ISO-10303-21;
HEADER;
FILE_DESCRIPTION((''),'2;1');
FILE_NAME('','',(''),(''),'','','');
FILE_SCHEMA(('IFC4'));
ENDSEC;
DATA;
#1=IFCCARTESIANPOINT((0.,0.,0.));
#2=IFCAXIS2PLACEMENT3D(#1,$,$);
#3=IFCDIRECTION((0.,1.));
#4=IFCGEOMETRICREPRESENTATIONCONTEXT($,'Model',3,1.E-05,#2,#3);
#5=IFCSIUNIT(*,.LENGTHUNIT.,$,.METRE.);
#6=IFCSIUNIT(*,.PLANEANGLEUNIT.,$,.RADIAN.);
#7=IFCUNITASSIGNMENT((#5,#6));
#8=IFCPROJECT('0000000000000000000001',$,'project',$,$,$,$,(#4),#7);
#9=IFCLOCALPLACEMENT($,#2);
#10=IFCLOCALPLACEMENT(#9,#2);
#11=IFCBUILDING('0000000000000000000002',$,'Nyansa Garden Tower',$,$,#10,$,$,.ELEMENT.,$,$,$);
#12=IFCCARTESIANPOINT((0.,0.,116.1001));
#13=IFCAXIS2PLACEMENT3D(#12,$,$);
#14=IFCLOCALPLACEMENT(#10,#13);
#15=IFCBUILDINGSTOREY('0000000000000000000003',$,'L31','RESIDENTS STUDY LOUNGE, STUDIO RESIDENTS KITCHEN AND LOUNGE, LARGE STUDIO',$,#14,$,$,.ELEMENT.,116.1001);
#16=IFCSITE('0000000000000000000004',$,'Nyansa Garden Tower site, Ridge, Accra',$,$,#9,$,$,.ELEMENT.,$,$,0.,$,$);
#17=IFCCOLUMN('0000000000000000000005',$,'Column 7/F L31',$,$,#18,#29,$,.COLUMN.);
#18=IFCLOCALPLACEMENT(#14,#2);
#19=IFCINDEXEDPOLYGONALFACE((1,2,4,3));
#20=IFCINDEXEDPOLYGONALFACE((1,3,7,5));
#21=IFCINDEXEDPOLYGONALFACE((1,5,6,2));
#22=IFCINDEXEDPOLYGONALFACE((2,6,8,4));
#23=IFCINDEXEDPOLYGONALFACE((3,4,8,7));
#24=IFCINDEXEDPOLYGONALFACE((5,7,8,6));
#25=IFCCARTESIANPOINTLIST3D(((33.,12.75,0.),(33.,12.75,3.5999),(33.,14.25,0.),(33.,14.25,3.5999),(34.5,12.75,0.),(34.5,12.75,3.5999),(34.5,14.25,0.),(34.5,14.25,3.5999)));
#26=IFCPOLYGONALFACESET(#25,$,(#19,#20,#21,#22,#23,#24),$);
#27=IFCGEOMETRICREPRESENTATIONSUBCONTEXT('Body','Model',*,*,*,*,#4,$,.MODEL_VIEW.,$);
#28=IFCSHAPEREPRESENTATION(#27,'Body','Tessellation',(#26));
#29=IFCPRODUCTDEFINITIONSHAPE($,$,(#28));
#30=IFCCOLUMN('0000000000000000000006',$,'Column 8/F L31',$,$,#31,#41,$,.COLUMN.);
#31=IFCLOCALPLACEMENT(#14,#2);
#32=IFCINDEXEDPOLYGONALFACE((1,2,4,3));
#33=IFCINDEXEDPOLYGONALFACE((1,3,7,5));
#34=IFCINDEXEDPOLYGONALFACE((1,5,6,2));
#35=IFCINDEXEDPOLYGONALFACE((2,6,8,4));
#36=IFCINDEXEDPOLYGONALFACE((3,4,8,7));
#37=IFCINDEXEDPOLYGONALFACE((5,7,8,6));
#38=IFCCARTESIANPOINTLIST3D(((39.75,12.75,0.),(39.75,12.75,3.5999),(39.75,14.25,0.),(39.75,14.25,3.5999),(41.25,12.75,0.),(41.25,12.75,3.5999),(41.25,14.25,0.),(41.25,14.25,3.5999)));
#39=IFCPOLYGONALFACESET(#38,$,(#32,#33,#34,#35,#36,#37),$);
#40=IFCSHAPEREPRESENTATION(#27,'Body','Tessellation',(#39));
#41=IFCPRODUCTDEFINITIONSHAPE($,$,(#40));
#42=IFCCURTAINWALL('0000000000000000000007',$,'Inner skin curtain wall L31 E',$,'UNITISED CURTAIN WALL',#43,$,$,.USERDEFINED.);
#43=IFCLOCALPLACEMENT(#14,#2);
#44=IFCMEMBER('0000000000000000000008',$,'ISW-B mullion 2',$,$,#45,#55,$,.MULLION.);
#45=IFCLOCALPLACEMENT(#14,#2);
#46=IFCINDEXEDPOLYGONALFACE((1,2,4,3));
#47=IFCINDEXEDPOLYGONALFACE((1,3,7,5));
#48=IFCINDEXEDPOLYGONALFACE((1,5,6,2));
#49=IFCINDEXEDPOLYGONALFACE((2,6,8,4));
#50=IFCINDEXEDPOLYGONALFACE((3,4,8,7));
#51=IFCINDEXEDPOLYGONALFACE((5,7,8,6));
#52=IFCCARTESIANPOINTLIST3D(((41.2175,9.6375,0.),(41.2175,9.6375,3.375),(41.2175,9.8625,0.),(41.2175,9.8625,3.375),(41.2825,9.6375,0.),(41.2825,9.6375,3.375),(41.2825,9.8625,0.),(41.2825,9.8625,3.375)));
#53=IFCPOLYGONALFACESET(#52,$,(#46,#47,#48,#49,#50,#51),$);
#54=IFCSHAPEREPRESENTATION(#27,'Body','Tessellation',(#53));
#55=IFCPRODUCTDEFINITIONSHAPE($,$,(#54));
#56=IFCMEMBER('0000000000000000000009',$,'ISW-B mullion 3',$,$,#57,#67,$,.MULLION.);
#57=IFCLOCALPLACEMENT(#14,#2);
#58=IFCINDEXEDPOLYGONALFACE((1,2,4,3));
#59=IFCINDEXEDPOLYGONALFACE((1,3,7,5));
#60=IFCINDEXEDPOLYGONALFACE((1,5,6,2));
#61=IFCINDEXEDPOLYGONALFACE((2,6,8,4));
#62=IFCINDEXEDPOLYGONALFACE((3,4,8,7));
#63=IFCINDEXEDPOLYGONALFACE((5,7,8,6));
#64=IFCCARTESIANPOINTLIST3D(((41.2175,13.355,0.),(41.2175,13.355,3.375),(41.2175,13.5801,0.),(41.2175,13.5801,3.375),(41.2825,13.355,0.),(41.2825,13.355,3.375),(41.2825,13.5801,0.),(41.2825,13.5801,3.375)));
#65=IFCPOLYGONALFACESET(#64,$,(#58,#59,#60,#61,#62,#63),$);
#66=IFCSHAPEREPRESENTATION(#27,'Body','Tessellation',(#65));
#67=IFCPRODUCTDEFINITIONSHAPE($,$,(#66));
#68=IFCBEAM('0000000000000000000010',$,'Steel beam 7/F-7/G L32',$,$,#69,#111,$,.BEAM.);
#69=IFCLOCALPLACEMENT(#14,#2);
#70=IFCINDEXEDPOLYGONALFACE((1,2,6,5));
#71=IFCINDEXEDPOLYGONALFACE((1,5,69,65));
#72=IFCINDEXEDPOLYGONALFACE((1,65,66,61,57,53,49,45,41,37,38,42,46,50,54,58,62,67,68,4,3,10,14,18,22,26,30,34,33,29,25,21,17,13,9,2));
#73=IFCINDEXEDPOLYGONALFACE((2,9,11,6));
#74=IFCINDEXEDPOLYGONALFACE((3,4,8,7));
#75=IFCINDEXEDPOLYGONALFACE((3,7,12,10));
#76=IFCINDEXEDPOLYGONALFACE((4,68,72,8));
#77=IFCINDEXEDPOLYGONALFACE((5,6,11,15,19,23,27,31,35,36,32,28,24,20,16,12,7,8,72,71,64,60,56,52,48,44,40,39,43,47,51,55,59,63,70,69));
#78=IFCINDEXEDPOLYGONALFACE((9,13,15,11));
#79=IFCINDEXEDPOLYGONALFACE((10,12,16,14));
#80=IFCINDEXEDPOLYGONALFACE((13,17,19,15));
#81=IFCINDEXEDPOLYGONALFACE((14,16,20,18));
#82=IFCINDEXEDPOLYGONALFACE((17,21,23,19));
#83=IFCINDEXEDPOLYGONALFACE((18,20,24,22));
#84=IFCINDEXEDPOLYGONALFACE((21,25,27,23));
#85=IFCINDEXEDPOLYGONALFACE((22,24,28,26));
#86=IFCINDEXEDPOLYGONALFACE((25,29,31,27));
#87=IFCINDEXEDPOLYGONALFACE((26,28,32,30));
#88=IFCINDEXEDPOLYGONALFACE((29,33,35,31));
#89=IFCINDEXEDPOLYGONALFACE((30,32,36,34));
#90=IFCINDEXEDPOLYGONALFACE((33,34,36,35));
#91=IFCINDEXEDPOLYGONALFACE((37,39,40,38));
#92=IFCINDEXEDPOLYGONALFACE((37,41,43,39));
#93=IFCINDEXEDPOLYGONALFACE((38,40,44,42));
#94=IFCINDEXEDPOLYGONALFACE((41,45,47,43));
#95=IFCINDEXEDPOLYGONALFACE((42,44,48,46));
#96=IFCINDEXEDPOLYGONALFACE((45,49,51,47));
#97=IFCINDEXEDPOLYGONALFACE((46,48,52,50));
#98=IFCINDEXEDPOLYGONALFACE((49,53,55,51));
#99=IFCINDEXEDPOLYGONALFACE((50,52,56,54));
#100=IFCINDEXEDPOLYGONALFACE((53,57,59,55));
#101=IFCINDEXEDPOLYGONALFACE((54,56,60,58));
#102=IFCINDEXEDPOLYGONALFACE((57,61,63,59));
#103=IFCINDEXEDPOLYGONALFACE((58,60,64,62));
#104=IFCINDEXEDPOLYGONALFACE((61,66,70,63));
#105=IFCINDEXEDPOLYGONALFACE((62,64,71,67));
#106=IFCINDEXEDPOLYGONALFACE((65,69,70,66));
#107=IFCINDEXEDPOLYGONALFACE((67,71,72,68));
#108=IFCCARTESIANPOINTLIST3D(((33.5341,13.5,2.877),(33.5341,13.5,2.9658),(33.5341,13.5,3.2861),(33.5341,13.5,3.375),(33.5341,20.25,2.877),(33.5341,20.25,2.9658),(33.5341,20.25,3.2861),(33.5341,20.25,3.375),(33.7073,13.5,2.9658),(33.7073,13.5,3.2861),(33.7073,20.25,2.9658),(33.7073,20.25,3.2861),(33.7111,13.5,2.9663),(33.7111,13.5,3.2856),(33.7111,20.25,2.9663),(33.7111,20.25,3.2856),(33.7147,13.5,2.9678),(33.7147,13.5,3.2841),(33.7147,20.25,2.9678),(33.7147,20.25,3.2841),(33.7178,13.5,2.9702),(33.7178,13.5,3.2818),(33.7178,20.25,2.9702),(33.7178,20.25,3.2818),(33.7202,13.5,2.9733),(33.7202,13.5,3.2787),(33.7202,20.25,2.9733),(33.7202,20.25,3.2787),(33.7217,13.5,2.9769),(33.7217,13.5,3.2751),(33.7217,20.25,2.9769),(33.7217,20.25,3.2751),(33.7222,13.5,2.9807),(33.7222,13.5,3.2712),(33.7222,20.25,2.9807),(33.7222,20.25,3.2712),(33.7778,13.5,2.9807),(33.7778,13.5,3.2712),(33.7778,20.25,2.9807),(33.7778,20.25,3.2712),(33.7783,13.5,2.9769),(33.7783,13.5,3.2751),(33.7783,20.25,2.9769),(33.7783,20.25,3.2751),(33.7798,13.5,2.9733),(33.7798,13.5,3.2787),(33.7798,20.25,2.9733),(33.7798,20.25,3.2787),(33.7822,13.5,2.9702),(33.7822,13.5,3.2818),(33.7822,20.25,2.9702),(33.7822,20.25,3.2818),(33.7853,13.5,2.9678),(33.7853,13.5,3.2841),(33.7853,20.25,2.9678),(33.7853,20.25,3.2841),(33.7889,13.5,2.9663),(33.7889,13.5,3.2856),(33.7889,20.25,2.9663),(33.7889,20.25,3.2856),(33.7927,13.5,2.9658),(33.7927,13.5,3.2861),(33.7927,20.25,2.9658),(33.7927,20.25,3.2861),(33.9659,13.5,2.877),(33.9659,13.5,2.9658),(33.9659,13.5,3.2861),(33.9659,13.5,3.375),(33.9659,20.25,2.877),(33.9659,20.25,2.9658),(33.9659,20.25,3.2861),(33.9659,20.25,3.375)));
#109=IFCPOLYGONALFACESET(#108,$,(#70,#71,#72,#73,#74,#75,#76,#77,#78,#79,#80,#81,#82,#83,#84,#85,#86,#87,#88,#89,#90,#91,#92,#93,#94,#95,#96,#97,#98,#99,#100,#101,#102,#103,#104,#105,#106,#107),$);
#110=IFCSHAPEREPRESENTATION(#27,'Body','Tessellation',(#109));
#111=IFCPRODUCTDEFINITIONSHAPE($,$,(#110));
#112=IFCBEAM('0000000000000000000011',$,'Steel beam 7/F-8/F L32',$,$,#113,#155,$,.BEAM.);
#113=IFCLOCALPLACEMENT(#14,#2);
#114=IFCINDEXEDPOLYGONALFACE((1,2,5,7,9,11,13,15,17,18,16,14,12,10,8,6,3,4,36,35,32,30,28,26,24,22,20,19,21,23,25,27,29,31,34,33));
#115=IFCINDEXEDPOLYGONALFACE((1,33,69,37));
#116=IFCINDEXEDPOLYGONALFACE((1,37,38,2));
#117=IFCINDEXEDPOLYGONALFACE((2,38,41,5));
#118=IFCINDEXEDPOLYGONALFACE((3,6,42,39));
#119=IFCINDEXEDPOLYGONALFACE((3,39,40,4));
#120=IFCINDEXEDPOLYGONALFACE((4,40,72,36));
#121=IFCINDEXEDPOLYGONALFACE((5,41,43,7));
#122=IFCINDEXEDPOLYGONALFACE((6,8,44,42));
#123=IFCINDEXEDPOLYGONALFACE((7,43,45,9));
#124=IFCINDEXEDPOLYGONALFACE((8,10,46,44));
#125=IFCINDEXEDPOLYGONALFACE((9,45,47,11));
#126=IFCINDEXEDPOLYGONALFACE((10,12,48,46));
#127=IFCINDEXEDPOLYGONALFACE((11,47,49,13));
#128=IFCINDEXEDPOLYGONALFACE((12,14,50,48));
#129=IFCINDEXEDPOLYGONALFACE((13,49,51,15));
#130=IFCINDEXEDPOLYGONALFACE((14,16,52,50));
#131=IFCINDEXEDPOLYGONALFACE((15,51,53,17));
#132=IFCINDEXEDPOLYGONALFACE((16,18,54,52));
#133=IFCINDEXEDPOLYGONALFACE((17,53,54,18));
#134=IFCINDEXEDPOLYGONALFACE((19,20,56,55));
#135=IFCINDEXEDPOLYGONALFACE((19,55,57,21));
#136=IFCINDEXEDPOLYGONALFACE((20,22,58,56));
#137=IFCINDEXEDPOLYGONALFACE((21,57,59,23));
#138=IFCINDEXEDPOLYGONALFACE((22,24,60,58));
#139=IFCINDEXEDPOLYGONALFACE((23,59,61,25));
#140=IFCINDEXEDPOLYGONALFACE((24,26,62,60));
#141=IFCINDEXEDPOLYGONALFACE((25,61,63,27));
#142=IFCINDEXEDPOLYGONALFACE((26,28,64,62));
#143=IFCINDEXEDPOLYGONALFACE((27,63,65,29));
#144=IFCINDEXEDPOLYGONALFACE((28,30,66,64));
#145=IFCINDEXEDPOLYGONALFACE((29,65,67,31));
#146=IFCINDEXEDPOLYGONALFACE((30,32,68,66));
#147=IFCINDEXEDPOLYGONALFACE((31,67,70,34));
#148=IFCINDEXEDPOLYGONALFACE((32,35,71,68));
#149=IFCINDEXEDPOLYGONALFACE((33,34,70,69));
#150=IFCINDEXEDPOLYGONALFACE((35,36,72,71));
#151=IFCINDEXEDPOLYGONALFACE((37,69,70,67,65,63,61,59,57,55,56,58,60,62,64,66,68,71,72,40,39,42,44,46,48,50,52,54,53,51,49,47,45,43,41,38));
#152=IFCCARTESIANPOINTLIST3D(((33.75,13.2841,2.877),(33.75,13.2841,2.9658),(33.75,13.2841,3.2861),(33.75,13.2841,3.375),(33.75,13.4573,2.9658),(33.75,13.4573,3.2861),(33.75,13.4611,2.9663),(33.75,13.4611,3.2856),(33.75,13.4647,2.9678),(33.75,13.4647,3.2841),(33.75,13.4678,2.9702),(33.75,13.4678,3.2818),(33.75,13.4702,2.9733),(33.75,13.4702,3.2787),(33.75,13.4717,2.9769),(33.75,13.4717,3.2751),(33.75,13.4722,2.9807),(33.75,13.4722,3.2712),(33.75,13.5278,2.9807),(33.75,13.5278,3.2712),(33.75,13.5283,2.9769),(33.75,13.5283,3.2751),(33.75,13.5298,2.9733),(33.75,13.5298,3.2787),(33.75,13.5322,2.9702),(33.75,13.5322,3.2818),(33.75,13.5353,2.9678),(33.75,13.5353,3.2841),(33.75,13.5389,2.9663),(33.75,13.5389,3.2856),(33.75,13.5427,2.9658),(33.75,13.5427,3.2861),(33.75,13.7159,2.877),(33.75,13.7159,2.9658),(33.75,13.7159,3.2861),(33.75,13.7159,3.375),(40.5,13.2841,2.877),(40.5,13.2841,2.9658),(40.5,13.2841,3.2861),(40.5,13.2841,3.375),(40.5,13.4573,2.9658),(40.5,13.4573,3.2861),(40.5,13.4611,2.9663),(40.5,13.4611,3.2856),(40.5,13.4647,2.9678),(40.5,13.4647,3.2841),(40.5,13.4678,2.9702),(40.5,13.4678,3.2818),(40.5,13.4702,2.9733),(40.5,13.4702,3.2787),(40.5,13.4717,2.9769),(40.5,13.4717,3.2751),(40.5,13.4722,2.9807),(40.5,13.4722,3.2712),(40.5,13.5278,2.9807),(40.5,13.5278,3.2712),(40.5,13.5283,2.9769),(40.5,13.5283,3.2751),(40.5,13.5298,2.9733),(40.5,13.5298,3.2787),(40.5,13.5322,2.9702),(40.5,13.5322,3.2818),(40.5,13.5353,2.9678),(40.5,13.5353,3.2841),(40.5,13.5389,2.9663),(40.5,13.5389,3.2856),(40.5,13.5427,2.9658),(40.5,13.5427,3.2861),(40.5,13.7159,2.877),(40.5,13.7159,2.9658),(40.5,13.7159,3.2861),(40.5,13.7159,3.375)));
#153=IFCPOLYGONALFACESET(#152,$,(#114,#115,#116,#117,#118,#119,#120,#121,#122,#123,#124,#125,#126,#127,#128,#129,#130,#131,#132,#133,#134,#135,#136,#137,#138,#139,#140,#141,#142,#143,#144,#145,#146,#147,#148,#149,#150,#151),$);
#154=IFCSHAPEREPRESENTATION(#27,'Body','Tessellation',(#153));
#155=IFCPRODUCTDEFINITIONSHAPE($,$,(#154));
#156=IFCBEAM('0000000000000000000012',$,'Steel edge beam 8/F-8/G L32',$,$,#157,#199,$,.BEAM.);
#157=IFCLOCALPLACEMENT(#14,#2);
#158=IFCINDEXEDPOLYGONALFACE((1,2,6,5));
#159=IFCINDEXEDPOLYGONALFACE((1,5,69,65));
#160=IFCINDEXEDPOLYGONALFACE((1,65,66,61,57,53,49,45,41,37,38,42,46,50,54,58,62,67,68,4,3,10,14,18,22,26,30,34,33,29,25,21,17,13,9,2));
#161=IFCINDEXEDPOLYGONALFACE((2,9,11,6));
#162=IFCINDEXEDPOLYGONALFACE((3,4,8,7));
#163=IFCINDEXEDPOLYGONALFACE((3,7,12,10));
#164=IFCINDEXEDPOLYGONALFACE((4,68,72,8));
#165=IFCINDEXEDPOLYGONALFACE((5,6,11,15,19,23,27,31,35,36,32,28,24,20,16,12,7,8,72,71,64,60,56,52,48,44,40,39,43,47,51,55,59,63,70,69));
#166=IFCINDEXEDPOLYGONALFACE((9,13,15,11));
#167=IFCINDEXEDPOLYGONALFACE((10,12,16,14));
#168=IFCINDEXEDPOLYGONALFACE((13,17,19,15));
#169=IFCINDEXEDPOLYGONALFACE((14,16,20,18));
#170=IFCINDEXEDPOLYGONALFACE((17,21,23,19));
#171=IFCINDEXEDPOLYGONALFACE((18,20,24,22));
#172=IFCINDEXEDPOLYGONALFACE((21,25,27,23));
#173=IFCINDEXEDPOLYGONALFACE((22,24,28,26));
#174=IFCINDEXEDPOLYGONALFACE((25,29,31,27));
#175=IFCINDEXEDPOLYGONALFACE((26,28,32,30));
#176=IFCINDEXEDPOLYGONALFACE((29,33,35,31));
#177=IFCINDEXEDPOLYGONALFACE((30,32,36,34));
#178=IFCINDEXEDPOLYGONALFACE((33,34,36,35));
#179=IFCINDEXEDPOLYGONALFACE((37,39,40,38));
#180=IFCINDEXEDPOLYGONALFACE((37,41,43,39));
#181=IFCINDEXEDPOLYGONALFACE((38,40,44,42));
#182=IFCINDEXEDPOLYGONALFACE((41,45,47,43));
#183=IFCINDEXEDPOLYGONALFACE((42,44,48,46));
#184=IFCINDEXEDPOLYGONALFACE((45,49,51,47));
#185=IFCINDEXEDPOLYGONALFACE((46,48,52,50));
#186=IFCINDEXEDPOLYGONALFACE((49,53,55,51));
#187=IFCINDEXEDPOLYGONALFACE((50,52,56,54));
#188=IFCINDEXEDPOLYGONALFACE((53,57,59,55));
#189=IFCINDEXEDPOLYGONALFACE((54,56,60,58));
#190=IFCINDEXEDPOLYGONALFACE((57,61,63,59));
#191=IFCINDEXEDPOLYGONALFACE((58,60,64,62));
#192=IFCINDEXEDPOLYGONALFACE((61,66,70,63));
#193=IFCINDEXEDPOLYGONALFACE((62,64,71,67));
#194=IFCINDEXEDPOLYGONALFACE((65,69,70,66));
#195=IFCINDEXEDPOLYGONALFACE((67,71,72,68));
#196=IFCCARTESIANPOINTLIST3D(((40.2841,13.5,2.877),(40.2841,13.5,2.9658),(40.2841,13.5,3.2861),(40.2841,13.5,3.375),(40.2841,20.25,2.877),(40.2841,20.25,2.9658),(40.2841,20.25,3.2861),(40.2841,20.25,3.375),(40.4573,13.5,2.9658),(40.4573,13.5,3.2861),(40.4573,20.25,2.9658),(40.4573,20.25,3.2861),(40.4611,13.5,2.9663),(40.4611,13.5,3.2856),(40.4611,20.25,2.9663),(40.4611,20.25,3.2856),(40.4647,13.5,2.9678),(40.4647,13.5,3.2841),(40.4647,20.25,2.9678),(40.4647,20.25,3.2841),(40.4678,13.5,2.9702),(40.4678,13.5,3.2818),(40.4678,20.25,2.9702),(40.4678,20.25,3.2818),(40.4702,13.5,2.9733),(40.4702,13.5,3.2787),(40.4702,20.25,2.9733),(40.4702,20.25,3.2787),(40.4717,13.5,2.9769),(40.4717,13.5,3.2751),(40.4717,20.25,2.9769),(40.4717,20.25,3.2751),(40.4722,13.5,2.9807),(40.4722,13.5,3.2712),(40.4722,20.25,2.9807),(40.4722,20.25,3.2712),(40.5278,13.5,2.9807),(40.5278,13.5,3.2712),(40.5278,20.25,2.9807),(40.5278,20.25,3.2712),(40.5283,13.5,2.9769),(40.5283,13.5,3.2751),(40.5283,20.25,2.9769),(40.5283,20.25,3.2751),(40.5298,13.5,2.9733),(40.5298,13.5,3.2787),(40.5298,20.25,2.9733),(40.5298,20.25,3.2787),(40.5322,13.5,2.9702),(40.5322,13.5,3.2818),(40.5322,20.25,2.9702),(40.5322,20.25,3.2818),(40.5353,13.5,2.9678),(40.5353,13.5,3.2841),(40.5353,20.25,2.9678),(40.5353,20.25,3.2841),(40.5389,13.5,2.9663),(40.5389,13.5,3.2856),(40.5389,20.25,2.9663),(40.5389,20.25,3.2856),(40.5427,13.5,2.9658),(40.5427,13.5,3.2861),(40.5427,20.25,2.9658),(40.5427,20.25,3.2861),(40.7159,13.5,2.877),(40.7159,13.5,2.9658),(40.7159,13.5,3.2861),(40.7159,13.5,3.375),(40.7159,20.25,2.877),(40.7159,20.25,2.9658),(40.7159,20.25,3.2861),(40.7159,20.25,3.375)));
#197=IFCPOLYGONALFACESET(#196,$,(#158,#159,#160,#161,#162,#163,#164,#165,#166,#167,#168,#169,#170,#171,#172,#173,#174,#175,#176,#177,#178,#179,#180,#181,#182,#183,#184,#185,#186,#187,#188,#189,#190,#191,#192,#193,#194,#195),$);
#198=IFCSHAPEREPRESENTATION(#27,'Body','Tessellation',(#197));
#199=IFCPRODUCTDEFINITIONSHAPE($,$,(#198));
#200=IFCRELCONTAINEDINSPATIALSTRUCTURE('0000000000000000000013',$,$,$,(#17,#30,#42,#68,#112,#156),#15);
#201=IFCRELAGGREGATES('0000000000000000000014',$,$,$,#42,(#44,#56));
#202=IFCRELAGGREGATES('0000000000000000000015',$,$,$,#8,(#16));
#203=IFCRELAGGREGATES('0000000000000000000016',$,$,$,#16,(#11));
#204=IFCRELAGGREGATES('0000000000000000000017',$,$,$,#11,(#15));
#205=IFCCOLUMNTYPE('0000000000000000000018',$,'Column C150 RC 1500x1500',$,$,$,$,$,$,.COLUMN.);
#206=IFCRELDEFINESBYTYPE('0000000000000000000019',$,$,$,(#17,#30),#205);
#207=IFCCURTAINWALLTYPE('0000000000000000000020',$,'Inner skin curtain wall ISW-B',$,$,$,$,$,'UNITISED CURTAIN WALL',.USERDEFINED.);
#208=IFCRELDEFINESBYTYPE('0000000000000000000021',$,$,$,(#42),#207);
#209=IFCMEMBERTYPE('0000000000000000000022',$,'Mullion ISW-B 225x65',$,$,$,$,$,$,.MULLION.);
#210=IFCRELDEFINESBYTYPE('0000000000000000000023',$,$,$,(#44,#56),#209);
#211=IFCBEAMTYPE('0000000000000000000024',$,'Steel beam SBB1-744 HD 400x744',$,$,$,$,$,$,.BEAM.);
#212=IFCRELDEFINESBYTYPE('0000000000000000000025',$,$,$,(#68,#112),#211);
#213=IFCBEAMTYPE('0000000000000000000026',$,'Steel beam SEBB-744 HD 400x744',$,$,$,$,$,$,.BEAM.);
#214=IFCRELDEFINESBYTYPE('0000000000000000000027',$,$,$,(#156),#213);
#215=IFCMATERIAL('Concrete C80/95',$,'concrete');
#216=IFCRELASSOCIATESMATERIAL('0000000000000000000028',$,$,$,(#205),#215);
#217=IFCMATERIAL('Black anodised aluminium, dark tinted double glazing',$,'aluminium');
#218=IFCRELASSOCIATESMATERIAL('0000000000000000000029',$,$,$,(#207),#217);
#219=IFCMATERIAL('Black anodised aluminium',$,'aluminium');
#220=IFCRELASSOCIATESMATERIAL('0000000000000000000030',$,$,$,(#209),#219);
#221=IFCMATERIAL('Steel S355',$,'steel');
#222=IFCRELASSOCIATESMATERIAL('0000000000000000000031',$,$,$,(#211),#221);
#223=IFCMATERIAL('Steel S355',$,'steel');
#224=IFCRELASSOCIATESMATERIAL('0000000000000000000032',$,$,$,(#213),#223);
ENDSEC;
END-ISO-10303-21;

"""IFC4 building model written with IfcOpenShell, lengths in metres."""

from ifc_helpers import new_model, si_unit, direction, frame, origin, origin_2d, place, context, subcontext, project, spatial, rectangle, i_section, extrude, material, material_profile, profile_set, type_object, element, aggregate, save


model = new_model("IFC4")

# Units and contexts
model_context = context("Model", 3, precision=1e-05, world=origin(), true_north=direction((0.0, 1.0)))
body_context = subcontext(model_context, "Body", "Model", "MODEL_VIEW")
ifc_project = project(units=[si_unit("LENGTHUNIT", "METRE"), si_unit("PLANEANGLEUNIT", "RADIAN")], contexts=[model_context])

# Site, building, storey
site_placement = place(None, origin())
site = spatial("IfcSite", under=ifc_project, at=site_placement, Name="Nyansa Garden Tower site, Ridge, Accra", CompositionType="ELEMENT", RefElevation=0.0)
building_placement = place(site_placement, origin())
building = spatial("IfcBuilding", under=site, at=building_placement, Name="Nyansa Garden Tower", CompositionType="ELEMENT")
storey_placement = place(building_placement, frame((0.0, 0.0, 116.1001)))
storey = spatial("IfcBuildingStorey", under=building, at=storey_placement, Name="L31", Description="RESIDENTS STUDY LOUNGE, STUDIO RESIDENTS KITCHEN AND LOUNGE, LARGE STUDIO", CompositionType="ELEMENT", Elevation=116.1001)

# Columns
ifc_material_1 = material(Name="Concrete C80/95", Category="concrete")
ifc_material_profile_1 = material_profile(ifc_material_1, rectangle(XDim=1.5, YDim=1.5, at=origin_2d()), Name="RC 1500x1500")
ifc_profile_set_1 = profile_set([ifc_material_profile_1], Name="Concrete C80/95")
column_type = type_object("IfcColumnType", Name="Column C150 RC 1500x1500", PredefinedType="COLUMN", material=ifc_profile_set_1)
for number, where, z_axis, x_axis, name in (
    (1, (33.75, 13.5, 0.0), (0.0, 0.0, 1.0), (1.0, 0.0, 0.0), "Column 7/F L31"),
    (2, (40.5, 13.5, 0.0), (0.0, 0.0, 1.0), (1.0, 0.0, 0.0), "Column 8/F L31"),
):
    element("IfcColumn", number, at=place(storey_placement, frame(where, z_axis=z_axis, x_axis=x_axis)), inside=storey, type_object=column_type, Name=name, PredefinedType="COLUMN", context=body_context, shape_type="SweptSolid", body=[
        extrude(rectangle(XDim=1.5, YDim=1.5, at=origin_2d()), origin(), (0.0, 0.0, 1.0), 3.5999),
    ])

# Curtain wall, members
ifc_material_2 = material(Name="Black anodised aluminium, dark tinted double glazing", Category="aluminium")
curtain_wall_type = type_object("IfcCurtainWallType", Name="Inner skin curtain wall ISW-B", ElementType="UNITISED CURTAIN WALL", PredefinedType="USERDEFINED", material=ifc_material_2)
curtain_wall_placement = place(storey_placement, origin())
curtain_wall = element("IfcCurtainWall", 3, at=curtain_wall_placement, inside=storey, type_object=curtain_wall_type, Name="Inner skin curtain wall L31 E", ObjectType="UNITISED CURTAIN WALL", PredefinedType="USERDEFINED")
ifc_material_3 = material(Name="Black anodised aluminium", Category="aluminium")
ifc_material_profile_2 = material_profile(ifc_material_3, rectangle(XDim=0.0649, YDim=0.2251, at=origin_2d()), Name="Mullion 225x65")
ifc_profile_set_2 = profile_set([ifc_material_profile_2], Name="Black anodised aluminium")
member_type_1 = type_object("IfcMemberType", Name="Mullion ISW-B 225x65", PredefinedType="MULLION", material=ifc_profile_set_2)
member_1_placement = place(storey_placement, frame((41.25, 9.75, 0.0), z_axis=(0.0, 0.0, 1.0), x_axis=(-1.0, 0.0, 0.0)))
member_1 = element("IfcMember", 4, at=member_1_placement, type_object=member_type_1, Name="ISW-B mullion 2", PredefinedType="MULLION", context=body_context, shape_type="SweptSolid", body=[
    extrude(rectangle(XDim=0.0649, YDim=0.2251, at=origin_2d()), origin(), (0.0, 0.0, 1.0), 3.375),
])
member_2_placement = place(storey_placement, frame((41.25, 13.4675, 0.0), z_axis=(0.0, 0.0, 1.0), x_axis=(-1.0, 0.0, 0.0)))
member_2 = element("IfcMember", 5, at=member_2_placement, type_object=member_type_1, Name="ISW-B mullion 3", PredefinedType="MULLION", context=body_context, shape_type="SweptSolid", body=[
    extrude(rectangle(XDim=0.0649, YDim=0.2251, at=origin_2d()), origin(), (0.0, 0.0, 1.0), 3.375),
])

# Beams
ifc_material_4 = material(Name="Steel S355", Category="steel")
ifc_material_profile_3 = material_profile(ifc_material_4, i_section(OverallWidth=0.4319, OverallDepth=0.498, WebThickness=0.0557, FlangeThickness=0.0889, FilletRadius=0.0149, at=origin_2d()), Name="HD 400x744")
ifc_profile_set_3 = profile_set([ifc_material_profile_3], Name="Steel S355")
beam_type_1 = type_object("IfcBeamType", Name="Steel beam SBB1-744 HD 400x744", PredefinedType="BEAM", material=ifc_profile_set_3)
for number, where, z_axis, x_axis, name in (
    (6, (33.75, 13.5, 3.126), (0.0, 1.0, 0.0), (-1.0, 0.0, 0.0), "Steel beam 7/F-7/G L32"),
    (7, (33.75, 13.5, 3.126), (1.0, 0.0, 0.0), (0.0, 1.0, 0.0), "Steel beam 7/F-8/F L32"),
):
    element("IfcBeam", number, at=place(storey_placement, frame(where, z_axis=z_axis, x_axis=x_axis)), inside=storey, type_object=beam_type_1, Name=name, PredefinedType="BEAM", context=body_context, shape_type="SweptSolid", body=[
        extrude(i_section(OverallWidth=0.4319, OverallDepth=0.498, WebThickness=0.0557, FlangeThickness=0.0889, FilletRadius=0.0149, at=origin_2d()), origin(), (0.0, 0.0, 1.0), 6.75),
    ])
ifc_material_5 = material(Name="Steel S355", Category="steel")
ifc_material_profile_4 = material_profile(ifc_material_5, i_section(OverallWidth=0.4319, OverallDepth=0.498, WebThickness=0.0557, FlangeThickness=0.0889, FilletRadius=0.0149, at=origin_2d()), Name="HD 400x744")
ifc_profile_set_4 = profile_set([ifc_material_profile_4], Name="Steel S355")
beam_type_2 = type_object("IfcBeamType", Name="Steel beam SEBB-744 HD 400x744", PredefinedType="BEAM", material=ifc_profile_set_4)
beam_1_placement = place(storey_placement, frame((40.5, 13.5, 3.126), z_axis=(0.0, 1.0, 0.0), x_axis=(-1.0, 0.0, 0.0)))
element("IfcBeam", 8, at=beam_1_placement, inside=storey, type_object=beam_type_2, Name="Steel edge beam 8/F-8/G L32", PredefinedType="BEAM", context=body_context, shape_type="SweptSolid", body=[
    extrude(i_section(OverallWidth=0.4319, OverallDepth=0.498, WebThickness=0.0557, FlangeThickness=0.0889, FilletRadius=0.0149, at=origin_2d()), origin(), (0.0, 0.0, 1.0), 6.75),
])

aggregate(curtain_wall, [member_1, member_2])

save(model, "model.ifc")
